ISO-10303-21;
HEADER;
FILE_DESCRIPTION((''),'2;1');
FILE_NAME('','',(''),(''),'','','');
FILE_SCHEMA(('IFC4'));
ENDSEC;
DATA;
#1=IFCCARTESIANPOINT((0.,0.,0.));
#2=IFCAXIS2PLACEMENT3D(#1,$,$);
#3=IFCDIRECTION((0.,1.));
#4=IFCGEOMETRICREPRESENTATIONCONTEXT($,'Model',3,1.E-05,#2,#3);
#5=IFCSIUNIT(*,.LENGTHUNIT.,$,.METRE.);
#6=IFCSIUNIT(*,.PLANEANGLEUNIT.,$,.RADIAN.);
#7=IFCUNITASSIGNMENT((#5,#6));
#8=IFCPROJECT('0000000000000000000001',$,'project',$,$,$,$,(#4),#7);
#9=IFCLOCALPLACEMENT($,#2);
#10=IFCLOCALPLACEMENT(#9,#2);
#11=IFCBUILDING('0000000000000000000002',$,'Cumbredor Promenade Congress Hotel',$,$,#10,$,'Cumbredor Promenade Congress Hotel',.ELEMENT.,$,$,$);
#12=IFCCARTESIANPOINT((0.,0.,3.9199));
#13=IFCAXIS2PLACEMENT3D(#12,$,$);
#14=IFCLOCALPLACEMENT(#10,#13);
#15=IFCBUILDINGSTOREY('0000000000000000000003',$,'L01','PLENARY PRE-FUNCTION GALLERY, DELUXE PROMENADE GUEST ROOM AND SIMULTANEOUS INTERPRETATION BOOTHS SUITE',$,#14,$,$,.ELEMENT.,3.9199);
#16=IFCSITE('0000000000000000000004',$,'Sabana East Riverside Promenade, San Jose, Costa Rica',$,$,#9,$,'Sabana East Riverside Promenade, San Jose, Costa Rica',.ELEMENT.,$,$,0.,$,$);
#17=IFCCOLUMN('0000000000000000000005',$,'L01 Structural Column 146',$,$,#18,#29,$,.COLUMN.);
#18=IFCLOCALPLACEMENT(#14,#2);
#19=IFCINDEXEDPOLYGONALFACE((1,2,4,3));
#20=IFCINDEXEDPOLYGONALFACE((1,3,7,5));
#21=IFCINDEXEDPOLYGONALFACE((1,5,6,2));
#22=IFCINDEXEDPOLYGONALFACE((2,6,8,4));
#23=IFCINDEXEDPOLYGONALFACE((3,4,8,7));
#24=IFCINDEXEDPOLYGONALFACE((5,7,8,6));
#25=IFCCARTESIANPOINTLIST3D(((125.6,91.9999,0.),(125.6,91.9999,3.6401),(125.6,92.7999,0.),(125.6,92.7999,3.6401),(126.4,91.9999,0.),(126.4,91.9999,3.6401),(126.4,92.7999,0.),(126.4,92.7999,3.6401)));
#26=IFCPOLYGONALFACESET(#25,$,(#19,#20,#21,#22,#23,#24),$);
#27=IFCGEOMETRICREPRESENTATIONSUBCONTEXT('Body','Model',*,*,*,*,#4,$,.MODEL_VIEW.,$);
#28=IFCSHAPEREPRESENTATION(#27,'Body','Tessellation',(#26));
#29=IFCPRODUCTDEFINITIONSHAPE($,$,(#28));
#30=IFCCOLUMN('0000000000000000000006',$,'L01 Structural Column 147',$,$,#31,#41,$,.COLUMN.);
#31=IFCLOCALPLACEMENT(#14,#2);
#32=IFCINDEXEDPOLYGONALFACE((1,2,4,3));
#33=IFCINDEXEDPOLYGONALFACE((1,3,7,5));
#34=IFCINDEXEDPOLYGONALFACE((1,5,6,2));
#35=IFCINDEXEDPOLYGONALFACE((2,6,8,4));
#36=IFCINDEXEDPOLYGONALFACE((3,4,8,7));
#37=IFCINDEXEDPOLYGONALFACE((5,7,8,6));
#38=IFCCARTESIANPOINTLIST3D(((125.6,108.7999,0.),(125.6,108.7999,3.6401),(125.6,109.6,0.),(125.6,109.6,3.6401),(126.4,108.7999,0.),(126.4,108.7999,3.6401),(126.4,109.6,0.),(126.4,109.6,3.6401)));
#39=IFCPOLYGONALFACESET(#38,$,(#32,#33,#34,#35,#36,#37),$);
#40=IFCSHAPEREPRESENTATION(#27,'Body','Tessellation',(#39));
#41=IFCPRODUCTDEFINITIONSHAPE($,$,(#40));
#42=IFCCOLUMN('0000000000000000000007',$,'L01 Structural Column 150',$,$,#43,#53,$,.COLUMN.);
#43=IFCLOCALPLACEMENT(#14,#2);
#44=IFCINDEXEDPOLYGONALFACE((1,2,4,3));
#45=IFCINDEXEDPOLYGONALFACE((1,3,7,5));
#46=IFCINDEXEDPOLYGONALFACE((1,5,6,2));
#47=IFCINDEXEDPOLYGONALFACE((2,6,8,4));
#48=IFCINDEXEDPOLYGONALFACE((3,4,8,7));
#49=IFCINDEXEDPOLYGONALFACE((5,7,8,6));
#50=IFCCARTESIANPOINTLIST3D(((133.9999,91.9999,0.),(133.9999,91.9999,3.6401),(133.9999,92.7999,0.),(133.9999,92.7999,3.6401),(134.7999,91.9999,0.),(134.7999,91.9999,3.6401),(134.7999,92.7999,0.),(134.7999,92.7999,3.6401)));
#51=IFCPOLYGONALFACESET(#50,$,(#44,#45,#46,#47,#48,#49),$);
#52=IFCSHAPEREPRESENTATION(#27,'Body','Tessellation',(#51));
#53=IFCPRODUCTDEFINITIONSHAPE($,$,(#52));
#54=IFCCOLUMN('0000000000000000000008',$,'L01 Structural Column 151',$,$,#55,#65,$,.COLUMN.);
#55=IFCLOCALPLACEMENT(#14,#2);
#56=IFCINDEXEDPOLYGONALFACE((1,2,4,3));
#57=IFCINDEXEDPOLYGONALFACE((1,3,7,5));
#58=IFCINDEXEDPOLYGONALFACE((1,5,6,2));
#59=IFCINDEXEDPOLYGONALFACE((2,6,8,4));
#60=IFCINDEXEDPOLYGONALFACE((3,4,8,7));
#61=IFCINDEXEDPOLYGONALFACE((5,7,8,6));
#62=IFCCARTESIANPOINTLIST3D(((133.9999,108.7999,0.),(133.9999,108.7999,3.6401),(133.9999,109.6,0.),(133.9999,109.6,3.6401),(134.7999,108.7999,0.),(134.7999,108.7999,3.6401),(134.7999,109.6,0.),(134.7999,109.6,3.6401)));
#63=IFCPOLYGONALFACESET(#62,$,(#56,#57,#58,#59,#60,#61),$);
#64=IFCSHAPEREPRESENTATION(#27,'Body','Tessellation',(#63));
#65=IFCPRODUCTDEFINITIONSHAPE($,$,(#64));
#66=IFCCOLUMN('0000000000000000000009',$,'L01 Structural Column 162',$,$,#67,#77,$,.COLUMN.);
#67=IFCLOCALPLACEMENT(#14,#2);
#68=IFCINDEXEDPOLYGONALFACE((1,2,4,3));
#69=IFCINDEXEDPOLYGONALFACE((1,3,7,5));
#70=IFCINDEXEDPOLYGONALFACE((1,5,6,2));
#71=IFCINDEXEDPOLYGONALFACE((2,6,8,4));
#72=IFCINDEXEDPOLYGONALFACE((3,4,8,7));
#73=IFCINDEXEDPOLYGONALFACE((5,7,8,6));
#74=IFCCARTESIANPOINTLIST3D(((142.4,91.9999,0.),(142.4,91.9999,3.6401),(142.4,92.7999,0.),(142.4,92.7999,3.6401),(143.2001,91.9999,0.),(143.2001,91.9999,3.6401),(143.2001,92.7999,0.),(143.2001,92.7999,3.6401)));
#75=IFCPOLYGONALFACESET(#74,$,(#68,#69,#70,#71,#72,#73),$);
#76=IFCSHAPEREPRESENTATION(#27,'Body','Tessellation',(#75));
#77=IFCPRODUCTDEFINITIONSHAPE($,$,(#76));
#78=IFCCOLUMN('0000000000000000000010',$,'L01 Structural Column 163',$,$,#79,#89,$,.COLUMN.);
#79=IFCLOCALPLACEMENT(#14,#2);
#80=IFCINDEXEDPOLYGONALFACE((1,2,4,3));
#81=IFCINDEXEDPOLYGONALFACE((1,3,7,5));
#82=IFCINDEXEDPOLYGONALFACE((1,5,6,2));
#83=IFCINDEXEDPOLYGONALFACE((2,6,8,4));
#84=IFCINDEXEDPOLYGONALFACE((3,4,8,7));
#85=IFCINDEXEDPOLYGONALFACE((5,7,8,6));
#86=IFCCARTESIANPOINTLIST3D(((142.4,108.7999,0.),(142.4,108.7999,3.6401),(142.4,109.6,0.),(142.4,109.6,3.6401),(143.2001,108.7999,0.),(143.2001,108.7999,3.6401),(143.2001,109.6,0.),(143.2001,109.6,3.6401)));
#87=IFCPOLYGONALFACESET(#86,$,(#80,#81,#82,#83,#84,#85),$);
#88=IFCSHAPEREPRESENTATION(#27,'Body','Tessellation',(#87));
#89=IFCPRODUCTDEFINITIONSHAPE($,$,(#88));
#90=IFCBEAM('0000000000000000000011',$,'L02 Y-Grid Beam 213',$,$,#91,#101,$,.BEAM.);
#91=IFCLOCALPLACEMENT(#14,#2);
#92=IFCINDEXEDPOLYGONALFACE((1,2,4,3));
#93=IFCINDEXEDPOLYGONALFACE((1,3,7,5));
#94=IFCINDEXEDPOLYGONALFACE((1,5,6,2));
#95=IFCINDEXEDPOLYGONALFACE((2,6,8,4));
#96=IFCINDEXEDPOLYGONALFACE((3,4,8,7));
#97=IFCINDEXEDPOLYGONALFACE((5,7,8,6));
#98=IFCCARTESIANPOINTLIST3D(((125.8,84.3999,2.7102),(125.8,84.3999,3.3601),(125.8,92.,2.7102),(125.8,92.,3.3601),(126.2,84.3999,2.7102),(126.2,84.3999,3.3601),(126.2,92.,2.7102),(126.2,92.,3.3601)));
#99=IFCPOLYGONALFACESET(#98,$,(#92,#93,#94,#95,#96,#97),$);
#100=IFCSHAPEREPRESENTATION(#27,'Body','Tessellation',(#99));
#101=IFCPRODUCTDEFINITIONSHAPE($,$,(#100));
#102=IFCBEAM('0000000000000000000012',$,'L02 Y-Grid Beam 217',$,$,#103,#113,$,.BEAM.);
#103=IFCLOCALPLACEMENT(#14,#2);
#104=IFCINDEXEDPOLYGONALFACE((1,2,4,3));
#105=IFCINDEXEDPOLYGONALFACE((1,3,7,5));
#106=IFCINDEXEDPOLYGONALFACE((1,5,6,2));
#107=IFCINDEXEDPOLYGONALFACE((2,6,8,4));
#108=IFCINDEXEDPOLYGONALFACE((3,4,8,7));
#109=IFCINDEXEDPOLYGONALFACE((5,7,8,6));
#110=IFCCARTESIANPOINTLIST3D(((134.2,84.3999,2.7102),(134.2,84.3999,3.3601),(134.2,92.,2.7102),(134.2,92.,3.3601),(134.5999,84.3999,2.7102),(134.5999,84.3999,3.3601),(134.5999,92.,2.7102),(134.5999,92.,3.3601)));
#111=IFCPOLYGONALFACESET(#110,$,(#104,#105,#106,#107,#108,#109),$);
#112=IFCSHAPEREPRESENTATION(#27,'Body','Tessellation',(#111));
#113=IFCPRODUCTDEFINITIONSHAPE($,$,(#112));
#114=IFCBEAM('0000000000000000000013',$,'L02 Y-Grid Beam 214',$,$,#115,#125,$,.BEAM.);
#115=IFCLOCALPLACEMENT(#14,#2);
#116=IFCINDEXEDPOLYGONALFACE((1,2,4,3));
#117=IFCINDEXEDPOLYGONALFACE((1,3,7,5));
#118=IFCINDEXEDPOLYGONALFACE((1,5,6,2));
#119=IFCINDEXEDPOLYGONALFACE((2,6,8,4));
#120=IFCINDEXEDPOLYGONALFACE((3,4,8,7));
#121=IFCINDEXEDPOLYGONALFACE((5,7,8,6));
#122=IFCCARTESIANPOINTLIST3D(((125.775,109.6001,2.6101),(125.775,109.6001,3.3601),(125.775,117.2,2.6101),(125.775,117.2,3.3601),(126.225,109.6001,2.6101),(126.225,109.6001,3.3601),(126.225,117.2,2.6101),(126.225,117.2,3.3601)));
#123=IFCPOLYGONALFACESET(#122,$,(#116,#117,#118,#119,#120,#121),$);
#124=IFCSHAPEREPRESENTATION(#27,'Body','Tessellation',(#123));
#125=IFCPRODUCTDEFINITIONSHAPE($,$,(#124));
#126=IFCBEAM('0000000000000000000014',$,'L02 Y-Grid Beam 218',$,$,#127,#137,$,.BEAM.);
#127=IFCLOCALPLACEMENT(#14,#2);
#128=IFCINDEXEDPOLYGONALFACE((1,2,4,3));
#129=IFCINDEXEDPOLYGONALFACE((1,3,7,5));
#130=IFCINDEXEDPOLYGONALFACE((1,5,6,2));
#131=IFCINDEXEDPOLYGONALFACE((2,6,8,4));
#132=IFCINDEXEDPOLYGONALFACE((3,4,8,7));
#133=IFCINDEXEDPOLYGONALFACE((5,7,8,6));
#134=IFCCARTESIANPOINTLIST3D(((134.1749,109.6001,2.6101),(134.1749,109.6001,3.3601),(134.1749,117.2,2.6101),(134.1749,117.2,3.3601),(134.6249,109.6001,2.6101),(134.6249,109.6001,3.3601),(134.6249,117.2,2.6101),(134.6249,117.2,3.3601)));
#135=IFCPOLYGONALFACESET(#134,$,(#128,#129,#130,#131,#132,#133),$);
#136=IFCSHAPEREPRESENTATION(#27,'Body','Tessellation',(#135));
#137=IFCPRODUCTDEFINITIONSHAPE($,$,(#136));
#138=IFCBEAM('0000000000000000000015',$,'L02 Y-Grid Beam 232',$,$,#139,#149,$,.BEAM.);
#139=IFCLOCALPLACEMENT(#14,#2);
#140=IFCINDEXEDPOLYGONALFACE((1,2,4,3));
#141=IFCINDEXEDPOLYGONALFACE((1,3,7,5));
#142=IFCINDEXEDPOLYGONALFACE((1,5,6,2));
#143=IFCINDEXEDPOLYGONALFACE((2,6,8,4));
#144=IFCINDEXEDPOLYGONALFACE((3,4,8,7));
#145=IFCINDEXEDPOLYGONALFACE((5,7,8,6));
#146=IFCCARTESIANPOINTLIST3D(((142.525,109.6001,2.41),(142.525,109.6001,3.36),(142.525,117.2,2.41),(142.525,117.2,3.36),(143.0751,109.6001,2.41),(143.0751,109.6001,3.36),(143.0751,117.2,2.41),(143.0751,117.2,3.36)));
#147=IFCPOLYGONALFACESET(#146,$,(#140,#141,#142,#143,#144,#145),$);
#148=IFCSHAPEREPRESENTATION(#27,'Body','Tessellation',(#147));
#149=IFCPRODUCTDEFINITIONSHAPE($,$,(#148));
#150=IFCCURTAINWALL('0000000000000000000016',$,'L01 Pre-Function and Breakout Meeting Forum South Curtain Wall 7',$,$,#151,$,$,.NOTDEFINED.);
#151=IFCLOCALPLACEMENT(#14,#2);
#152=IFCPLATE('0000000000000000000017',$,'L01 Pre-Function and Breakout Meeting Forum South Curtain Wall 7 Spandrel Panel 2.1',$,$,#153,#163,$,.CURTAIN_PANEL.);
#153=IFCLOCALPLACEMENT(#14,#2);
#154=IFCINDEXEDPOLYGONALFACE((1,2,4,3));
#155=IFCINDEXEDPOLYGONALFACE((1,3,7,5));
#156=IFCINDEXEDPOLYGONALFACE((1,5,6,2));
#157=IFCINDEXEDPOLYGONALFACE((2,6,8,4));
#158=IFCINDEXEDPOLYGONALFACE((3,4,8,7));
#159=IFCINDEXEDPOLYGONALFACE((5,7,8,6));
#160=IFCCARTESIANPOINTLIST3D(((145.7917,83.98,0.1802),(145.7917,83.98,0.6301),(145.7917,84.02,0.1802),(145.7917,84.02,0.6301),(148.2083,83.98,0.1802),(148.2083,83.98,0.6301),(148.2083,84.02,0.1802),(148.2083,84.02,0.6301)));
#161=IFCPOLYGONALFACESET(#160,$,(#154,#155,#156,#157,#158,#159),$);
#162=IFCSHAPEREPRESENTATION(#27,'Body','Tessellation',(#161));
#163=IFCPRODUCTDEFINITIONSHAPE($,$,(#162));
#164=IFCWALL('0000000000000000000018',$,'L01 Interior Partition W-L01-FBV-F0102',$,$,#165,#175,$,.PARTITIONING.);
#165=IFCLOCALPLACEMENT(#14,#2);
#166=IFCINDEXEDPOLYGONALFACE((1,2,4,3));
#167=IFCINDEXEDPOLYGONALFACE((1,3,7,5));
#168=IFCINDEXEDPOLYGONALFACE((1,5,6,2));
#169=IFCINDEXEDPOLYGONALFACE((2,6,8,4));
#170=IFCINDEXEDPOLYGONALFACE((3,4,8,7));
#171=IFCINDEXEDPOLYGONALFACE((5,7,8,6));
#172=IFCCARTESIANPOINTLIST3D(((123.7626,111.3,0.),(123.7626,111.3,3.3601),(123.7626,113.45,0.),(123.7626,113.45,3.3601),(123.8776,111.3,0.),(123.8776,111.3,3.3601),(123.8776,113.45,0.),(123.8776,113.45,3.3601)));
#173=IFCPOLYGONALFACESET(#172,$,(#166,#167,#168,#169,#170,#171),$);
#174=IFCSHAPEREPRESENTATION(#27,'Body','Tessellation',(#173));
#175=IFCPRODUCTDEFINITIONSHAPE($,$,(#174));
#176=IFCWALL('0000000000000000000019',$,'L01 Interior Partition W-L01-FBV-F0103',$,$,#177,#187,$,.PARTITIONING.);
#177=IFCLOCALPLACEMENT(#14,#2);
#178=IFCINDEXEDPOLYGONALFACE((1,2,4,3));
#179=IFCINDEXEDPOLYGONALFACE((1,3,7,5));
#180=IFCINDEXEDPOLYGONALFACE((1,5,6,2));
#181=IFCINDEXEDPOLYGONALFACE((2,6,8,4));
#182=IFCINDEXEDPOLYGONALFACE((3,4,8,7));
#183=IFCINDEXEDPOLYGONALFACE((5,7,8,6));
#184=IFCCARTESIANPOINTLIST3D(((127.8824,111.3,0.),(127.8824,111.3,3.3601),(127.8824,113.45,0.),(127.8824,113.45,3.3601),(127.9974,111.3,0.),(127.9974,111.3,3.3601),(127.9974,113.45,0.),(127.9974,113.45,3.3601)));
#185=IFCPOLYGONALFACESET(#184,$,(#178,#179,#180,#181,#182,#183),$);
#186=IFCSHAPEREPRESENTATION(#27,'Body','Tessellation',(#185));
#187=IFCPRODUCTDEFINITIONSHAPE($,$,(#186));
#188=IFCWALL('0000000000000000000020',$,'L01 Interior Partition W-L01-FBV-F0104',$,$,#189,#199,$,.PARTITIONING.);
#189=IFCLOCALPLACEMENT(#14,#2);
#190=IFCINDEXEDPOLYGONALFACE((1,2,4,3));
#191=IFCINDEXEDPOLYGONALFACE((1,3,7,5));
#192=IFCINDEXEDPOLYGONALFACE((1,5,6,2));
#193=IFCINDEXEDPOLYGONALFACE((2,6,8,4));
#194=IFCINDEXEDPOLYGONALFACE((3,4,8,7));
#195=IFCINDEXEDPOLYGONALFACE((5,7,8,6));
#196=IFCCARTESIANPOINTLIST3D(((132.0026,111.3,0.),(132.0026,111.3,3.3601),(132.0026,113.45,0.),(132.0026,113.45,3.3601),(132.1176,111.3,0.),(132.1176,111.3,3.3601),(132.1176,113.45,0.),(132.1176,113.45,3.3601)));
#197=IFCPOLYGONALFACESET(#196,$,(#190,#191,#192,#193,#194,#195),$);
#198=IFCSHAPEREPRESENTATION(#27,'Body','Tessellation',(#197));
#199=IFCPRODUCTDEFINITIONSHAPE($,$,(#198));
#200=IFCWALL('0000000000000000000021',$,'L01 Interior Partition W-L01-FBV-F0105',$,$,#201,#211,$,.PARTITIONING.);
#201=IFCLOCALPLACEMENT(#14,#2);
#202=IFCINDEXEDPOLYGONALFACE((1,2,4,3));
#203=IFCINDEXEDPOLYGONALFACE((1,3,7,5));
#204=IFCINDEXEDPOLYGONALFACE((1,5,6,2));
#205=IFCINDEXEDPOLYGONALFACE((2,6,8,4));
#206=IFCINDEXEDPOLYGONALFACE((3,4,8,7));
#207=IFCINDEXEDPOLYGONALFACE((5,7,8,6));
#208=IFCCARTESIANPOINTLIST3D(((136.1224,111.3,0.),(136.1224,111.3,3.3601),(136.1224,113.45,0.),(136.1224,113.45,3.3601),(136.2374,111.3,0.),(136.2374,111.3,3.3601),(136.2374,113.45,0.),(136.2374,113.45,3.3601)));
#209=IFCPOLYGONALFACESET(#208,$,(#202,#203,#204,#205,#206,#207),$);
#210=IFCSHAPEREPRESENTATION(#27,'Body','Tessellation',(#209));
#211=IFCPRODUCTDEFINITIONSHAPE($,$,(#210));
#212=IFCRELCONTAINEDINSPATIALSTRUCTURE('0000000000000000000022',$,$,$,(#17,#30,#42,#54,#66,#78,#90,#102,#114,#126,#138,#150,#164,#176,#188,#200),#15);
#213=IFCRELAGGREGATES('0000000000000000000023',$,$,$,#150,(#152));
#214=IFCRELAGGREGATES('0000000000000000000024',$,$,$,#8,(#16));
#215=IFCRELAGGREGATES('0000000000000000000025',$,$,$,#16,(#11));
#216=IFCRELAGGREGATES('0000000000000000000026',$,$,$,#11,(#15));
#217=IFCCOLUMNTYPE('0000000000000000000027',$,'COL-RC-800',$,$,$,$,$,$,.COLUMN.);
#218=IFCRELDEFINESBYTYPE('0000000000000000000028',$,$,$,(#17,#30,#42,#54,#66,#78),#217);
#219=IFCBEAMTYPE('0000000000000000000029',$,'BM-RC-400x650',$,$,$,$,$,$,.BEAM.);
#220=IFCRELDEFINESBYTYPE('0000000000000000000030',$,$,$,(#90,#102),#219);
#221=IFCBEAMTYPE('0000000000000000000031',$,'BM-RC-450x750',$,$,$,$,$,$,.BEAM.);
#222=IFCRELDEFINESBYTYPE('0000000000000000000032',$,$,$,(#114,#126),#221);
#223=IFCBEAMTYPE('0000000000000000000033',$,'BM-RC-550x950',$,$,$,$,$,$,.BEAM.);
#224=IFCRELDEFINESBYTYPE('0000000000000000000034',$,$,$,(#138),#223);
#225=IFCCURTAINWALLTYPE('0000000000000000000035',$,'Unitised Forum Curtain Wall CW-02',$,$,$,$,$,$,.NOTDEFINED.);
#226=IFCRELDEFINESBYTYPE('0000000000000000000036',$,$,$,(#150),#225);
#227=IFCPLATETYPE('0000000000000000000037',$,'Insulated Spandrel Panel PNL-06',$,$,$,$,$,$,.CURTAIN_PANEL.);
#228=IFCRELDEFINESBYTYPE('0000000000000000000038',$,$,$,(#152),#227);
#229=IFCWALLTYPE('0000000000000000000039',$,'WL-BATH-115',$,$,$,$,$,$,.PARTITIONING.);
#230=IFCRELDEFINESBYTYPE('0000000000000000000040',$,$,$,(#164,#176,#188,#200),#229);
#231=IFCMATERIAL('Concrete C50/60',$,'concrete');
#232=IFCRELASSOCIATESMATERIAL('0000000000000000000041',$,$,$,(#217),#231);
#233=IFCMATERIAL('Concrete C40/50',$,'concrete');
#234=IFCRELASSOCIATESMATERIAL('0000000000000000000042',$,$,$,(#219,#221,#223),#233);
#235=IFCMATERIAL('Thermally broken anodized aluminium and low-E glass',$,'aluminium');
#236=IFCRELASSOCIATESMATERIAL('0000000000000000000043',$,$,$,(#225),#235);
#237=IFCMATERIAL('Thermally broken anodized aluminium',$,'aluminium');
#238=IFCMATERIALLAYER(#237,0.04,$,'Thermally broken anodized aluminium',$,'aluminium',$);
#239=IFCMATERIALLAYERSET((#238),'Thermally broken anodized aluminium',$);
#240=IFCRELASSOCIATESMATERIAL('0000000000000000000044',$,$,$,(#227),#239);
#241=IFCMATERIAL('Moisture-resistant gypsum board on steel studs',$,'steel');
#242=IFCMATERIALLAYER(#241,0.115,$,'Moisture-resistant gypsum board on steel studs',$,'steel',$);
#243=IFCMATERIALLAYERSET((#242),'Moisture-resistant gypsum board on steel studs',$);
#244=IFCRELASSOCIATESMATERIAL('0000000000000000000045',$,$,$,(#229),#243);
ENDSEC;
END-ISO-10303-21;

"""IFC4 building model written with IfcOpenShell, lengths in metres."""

from ifc_helpers import new_model, si_unit, direction, frame, frame_2d, origin, origin_2d, place, context, subcontext, project, spatial, rectangle, extrude, material, layer, layer_set, material_profile, profile_set, type_object, element, aggregate, save


model = new_model("IFC4")

# Units and contexts
model_context = context("Model", 3, precision=1e-05, world=origin(), true_north=direction((0.0, 1.0)))
body_context = subcontext(model_context, "Body", "Model", "MODEL_VIEW")
ifc_project = project(units=[si_unit("LENGTHUNIT", "METRE"), si_unit("PLANEANGLEUNIT", "RADIAN")], contexts=[model_context])

# Site, building, storey
site_placement = place(None, origin())
site = spatial("IfcSite", under=ifc_project, at=site_placement, Name="Sabana East Riverside Promenade, San Jose, Costa Rica", LongName="Sabana East Riverside Promenade, San Jose, Costa Rica", CompositionType="ELEMENT", RefElevation=0.0)
building_placement = place(site_placement, origin())
building = spatial("IfcBuilding", under=site, at=building_placement, Name="Cumbredor Promenade Congress Hotel", LongName="Cumbredor Promenade Congress Hotel", CompositionType="ELEMENT")
storey_placement = place(building_placement, frame((0.0, 0.0, 3.9199)))
storey = spatial("IfcBuildingStorey", under=building, at=storey_placement, Name="L01", Description="PLENARY PRE-FUNCTION GALLERY, DELUXE PROMENADE GUEST ROOM AND SIMULTANEOUS INTERPRETATION BOOTHS SUITE", CompositionType="ELEMENT", Elevation=3.9199)

# Columns
ifc_material_1 = material(Name="Concrete C50/60", Category="concrete")
ifc_material_profile_1 = material_profile(ifc_material_1, rectangle(XDim=0.8, YDim=0.8, at=origin_2d()), Name="RC 800x800")
ifc_profile_set_1 = profile_set([ifc_material_profile_1], Name="Concrete C50/60")
column_type = type_object("IfcColumnType", Name="COL-RC-800", PredefinedType="COLUMN", material=ifc_profile_set_1)
for number, where, z_axis, x_axis, name in (
    (1, (126.0, 92.3999, 0.0), (0.0, 0.0, 1.0), (1.0, 0.0, 0.0), "L01 Structural Column 146"),
    (2, (126.0, 109.2, 0.0), (0.0, 0.0, 1.0), (1.0, 0.0, 0.0), "L01 Structural Column 147"),
    (3, (134.3999, 92.3999, 0.0), (0.0, 0.0, 1.0), (1.0, 0.0, 0.0), "L01 Structural Column 150"),
    (4, (134.3999, 109.2, 0.0), (0.0, 0.0, 1.0), (1.0, 0.0, 0.0), "L01 Structural Column 151"),
    (5, (142.8, 92.3999, 0.0), (0.0, 0.0, 1.0), (1.0, 0.0, 0.0), "L01 Structural Column 162"),
    (6, (142.8, 109.2, 0.0), (0.0, 0.0, 1.0), (1.0, 0.0, 0.0), "L01 Structural Column 163"),
):
    element("IfcColumn", number, at=place(storey_placement, frame(where, z_axis=z_axis, x_axis=x_axis)), inside=storey, type_object=column_type, Name=name, PredefinedType="COLUMN", context=body_context, shape_type="SweptSolid", body=[
        extrude(rectangle(XDim=0.8, YDim=0.8, at=origin_2d()), origin(), (0.0, 0.0, 1.0), 3.6401),
    ])

# Beams
ifc_material_2 = material(Name="Concrete C40/50", Category="concrete")
ifc_material_profile_2 = material_profile(ifc_material_2, rectangle(XDim=0.3999, YDim=0.6499, at=origin_2d()), Name="RC BEAM 400x650")
ifc_profile_set_2 = profile_set([ifc_material_profile_2], Name="Concrete C40/50")
beam_type_1 = type_object("IfcBeamType", Name="BM-RC-400x650", PredefinedType="BEAM", material=ifc_profile_set_2)
for number, where, z_axis, x_axis, name in (
    (7, (126.0, 84.3999, 3.0352), (0.0, 1.0, 0.0), (-1.0, 0.0, 0.0), "L02 Y-Grid Beam 213"),
    (8, (134.3999, 84.3999, 3.0352), (0.0, 1.0, 0.0), (-1.0, 0.0, 0.0), "L02 Y-Grid Beam 217"),
):
    element("IfcBeam", number, at=place(storey_placement, frame(where, z_axis=z_axis, x_axis=x_axis)), inside=storey, type_object=beam_type_1, Name=name, PredefinedType="BEAM", context=body_context, shape_type="SweptSolid", body=[
        extrude(rectangle(XDim=0.3999, YDim=0.6499, at=origin_2d()), origin(), (0.0, 0.0, 1.0), 7.6001),
    ])
ifc_material_profile_3 = material_profile(ifc_material_2, rectangle(XDim=0.45, YDim=0.75, at=origin_2d()), Name="RC BEAM 450x750")
ifc_profile_set_3 = profile_set([ifc_material_profile_3], Name="Concrete C40/50")
beam_type_2 = type_object("IfcBeamType", Name="BM-RC-450x750", PredefinedType="BEAM", material=ifc_profile_set_3)
for number, where, z_axis, x_axis, name in (
    (9, (126.0, 109.6001, 2.9851), (0.0, 1.0, 0.0), (-1.0, 0.0, 0.0), "L02 Y-Grid Beam 214"),
    (10, (134.3999, 109.6001, 2.9851), (0.0, 1.0, 0.0), (-1.0, 0.0, 0.0), "L02 Y-Grid Beam 218"),
):
    element("IfcBeam", number, at=place(storey_placement, frame(where, z_axis=z_axis, x_axis=x_axis)), inside=storey, type_object=beam_type_2, Name=name, PredefinedType="BEAM", context=body_context, shape_type="SweptSolid", body=[
        extrude(rectangle(XDim=0.45, YDim=0.75, at=origin_2d()), origin(), (0.0, 0.0, 1.0), 7.5999),
    ])
ifc_material_profile_4 = material_profile(ifc_material_2, rectangle(XDim=0.55, YDim=0.95, at=origin_2d()), Name="RC BEAM 550x950")
ifc_profile_set_4 = profile_set([ifc_material_profile_4], Name="Concrete C40/50")
beam_type_3 = type_object("IfcBeamType", Name="BM-RC-550x950", PredefinedType="BEAM", material=ifc_profile_set_4)
beam_placement = place(storey_placement, frame((142.8, 109.6001, 2.885), z_axis=(0.0, 1.0, 0.0), x_axis=(-1.0, 0.0, 0.0)))
element("IfcBeam", 11, at=beam_placement, inside=storey, type_object=beam_type_3, Name="L02 Y-Grid Beam 232", PredefinedType="BEAM", context=body_context, shape_type="SweptSolid", body=[
    extrude(rectangle(XDim=0.55, YDim=0.95, at=origin_2d()), origin(), (0.0, 0.0, 1.0), 7.5999),
])

# Curtain wall, plate
ifc_material_3 = material(Name="Thermally broken anodized aluminium and low-E glass", Category="aluminium")
curtain_wall_type = type_object("IfcCurtainWallType", Name="Unitised Forum Curtain Wall CW-02", PredefinedType="NOTDEFINED", material=ifc_material_3)
curtain_wall_placement = place(storey_placement, origin())
curtain_wall = element("IfcCurtainWall", 12, at=curtain_wall_placement, inside=storey, type_object=curtain_wall_type, Name="L01 Pre-Function and Breakout Meeting Forum South Curtain Wall 7", PredefinedType="NOTDEFINED")
ifc_material_4 = material(Name="Thermally broken anodized aluminium", Category="aluminium")
ifc_layer_1 = layer(ifc_material_4, 0.04, Name="Thermally broken anodized aluminium", Category="aluminium")
ifc_layer_set_1 = layer_set([ifc_layer_1], Name="Thermally broken anodized aluminium")
plate_type = type_object("IfcPlateType", Name="Insulated Spandrel Panel PNL-06", PredefinedType="CURTAIN_PANEL", material=ifc_layer_set_1)
plate_placement = place(storey_placement, frame((147.0, 84.0, 0.1802), z_axis=(0.0, 0.0, 1.0), x_axis=(1.0, 0.0, 0.0)))
plate = element("IfcPlate", 13, at=plate_placement, type_object=plate_type, Name="L01 Pre-Function and Breakout Meeting Forum South Curtain Wall 7 Spandrel Panel 2.1", PredefinedType="CURTAIN_PANEL", context=body_context, shape_type="SweptSolid", body=[
    extrude(rectangle(XDim=2.4165, YDim=0.04, at=origin_2d()), origin(), (0.0, 0.0, 1.0), 0.45),
])
aggregate(curtain_wall, [plate])

# Walls
ifc_material_5 = material(Name="Moisture-resistant gypsum board on steel studs", Category="steel")
ifc_layer_2 = layer(ifc_material_5, 0.115, Name="Moisture-resistant gypsum board on steel studs", Category="steel")
ifc_layer_set_2 = layer_set([ifc_layer_2], Name="Moisture-resistant gypsum board on steel studs")
wall_type_1 = type_object("IfcWallType", Name="WL-BATH-115", PredefinedType="PARTITIONING", material=ifc_layer_set_2)
for number, where, z_axis, x_axis, name in (
    (14, (123.8201, 111.3, 0.0), (0.0, 0.0, 1.0), (0.0, 1.0, 0.0), "L01 Interior Partition W-L01-FBV-F0102"),
    (15, (127.9399, 111.3, 0.0), (0.0, 0.0, 1.0), (0.0, 1.0, 0.0), "L01 Interior Partition W-L01-FBV-F0103"),
    (16, (132.0601, 111.3, 0.0), (0.0, 0.0, 1.0), (0.0, 1.0, 0.0), "L01 Interior Partition W-L01-FBV-F0104"),
    (17, (136.1799, 111.3, 0.0), (0.0, 0.0, 1.0), (0.0, 1.0, 0.0), "L01 Interior Partition W-L01-FBV-F0105"),
):
    element("IfcWall", number, at=place(storey_placement, frame(where, z_axis=z_axis, x_axis=x_axis)), inside=storey, type_object=wall_type_1, Name=name, PredefinedType="PARTITIONING", context=body_context, shape_type="SweptSolid", body=[
        extrude(rectangle(XDim=2.1499, YDim=0.115, at=frame_2d((1.075, 0.0))), origin(), (0.0, 0.0, 1.0), 3.3601),
    ])

save(model, "model.ifc")
